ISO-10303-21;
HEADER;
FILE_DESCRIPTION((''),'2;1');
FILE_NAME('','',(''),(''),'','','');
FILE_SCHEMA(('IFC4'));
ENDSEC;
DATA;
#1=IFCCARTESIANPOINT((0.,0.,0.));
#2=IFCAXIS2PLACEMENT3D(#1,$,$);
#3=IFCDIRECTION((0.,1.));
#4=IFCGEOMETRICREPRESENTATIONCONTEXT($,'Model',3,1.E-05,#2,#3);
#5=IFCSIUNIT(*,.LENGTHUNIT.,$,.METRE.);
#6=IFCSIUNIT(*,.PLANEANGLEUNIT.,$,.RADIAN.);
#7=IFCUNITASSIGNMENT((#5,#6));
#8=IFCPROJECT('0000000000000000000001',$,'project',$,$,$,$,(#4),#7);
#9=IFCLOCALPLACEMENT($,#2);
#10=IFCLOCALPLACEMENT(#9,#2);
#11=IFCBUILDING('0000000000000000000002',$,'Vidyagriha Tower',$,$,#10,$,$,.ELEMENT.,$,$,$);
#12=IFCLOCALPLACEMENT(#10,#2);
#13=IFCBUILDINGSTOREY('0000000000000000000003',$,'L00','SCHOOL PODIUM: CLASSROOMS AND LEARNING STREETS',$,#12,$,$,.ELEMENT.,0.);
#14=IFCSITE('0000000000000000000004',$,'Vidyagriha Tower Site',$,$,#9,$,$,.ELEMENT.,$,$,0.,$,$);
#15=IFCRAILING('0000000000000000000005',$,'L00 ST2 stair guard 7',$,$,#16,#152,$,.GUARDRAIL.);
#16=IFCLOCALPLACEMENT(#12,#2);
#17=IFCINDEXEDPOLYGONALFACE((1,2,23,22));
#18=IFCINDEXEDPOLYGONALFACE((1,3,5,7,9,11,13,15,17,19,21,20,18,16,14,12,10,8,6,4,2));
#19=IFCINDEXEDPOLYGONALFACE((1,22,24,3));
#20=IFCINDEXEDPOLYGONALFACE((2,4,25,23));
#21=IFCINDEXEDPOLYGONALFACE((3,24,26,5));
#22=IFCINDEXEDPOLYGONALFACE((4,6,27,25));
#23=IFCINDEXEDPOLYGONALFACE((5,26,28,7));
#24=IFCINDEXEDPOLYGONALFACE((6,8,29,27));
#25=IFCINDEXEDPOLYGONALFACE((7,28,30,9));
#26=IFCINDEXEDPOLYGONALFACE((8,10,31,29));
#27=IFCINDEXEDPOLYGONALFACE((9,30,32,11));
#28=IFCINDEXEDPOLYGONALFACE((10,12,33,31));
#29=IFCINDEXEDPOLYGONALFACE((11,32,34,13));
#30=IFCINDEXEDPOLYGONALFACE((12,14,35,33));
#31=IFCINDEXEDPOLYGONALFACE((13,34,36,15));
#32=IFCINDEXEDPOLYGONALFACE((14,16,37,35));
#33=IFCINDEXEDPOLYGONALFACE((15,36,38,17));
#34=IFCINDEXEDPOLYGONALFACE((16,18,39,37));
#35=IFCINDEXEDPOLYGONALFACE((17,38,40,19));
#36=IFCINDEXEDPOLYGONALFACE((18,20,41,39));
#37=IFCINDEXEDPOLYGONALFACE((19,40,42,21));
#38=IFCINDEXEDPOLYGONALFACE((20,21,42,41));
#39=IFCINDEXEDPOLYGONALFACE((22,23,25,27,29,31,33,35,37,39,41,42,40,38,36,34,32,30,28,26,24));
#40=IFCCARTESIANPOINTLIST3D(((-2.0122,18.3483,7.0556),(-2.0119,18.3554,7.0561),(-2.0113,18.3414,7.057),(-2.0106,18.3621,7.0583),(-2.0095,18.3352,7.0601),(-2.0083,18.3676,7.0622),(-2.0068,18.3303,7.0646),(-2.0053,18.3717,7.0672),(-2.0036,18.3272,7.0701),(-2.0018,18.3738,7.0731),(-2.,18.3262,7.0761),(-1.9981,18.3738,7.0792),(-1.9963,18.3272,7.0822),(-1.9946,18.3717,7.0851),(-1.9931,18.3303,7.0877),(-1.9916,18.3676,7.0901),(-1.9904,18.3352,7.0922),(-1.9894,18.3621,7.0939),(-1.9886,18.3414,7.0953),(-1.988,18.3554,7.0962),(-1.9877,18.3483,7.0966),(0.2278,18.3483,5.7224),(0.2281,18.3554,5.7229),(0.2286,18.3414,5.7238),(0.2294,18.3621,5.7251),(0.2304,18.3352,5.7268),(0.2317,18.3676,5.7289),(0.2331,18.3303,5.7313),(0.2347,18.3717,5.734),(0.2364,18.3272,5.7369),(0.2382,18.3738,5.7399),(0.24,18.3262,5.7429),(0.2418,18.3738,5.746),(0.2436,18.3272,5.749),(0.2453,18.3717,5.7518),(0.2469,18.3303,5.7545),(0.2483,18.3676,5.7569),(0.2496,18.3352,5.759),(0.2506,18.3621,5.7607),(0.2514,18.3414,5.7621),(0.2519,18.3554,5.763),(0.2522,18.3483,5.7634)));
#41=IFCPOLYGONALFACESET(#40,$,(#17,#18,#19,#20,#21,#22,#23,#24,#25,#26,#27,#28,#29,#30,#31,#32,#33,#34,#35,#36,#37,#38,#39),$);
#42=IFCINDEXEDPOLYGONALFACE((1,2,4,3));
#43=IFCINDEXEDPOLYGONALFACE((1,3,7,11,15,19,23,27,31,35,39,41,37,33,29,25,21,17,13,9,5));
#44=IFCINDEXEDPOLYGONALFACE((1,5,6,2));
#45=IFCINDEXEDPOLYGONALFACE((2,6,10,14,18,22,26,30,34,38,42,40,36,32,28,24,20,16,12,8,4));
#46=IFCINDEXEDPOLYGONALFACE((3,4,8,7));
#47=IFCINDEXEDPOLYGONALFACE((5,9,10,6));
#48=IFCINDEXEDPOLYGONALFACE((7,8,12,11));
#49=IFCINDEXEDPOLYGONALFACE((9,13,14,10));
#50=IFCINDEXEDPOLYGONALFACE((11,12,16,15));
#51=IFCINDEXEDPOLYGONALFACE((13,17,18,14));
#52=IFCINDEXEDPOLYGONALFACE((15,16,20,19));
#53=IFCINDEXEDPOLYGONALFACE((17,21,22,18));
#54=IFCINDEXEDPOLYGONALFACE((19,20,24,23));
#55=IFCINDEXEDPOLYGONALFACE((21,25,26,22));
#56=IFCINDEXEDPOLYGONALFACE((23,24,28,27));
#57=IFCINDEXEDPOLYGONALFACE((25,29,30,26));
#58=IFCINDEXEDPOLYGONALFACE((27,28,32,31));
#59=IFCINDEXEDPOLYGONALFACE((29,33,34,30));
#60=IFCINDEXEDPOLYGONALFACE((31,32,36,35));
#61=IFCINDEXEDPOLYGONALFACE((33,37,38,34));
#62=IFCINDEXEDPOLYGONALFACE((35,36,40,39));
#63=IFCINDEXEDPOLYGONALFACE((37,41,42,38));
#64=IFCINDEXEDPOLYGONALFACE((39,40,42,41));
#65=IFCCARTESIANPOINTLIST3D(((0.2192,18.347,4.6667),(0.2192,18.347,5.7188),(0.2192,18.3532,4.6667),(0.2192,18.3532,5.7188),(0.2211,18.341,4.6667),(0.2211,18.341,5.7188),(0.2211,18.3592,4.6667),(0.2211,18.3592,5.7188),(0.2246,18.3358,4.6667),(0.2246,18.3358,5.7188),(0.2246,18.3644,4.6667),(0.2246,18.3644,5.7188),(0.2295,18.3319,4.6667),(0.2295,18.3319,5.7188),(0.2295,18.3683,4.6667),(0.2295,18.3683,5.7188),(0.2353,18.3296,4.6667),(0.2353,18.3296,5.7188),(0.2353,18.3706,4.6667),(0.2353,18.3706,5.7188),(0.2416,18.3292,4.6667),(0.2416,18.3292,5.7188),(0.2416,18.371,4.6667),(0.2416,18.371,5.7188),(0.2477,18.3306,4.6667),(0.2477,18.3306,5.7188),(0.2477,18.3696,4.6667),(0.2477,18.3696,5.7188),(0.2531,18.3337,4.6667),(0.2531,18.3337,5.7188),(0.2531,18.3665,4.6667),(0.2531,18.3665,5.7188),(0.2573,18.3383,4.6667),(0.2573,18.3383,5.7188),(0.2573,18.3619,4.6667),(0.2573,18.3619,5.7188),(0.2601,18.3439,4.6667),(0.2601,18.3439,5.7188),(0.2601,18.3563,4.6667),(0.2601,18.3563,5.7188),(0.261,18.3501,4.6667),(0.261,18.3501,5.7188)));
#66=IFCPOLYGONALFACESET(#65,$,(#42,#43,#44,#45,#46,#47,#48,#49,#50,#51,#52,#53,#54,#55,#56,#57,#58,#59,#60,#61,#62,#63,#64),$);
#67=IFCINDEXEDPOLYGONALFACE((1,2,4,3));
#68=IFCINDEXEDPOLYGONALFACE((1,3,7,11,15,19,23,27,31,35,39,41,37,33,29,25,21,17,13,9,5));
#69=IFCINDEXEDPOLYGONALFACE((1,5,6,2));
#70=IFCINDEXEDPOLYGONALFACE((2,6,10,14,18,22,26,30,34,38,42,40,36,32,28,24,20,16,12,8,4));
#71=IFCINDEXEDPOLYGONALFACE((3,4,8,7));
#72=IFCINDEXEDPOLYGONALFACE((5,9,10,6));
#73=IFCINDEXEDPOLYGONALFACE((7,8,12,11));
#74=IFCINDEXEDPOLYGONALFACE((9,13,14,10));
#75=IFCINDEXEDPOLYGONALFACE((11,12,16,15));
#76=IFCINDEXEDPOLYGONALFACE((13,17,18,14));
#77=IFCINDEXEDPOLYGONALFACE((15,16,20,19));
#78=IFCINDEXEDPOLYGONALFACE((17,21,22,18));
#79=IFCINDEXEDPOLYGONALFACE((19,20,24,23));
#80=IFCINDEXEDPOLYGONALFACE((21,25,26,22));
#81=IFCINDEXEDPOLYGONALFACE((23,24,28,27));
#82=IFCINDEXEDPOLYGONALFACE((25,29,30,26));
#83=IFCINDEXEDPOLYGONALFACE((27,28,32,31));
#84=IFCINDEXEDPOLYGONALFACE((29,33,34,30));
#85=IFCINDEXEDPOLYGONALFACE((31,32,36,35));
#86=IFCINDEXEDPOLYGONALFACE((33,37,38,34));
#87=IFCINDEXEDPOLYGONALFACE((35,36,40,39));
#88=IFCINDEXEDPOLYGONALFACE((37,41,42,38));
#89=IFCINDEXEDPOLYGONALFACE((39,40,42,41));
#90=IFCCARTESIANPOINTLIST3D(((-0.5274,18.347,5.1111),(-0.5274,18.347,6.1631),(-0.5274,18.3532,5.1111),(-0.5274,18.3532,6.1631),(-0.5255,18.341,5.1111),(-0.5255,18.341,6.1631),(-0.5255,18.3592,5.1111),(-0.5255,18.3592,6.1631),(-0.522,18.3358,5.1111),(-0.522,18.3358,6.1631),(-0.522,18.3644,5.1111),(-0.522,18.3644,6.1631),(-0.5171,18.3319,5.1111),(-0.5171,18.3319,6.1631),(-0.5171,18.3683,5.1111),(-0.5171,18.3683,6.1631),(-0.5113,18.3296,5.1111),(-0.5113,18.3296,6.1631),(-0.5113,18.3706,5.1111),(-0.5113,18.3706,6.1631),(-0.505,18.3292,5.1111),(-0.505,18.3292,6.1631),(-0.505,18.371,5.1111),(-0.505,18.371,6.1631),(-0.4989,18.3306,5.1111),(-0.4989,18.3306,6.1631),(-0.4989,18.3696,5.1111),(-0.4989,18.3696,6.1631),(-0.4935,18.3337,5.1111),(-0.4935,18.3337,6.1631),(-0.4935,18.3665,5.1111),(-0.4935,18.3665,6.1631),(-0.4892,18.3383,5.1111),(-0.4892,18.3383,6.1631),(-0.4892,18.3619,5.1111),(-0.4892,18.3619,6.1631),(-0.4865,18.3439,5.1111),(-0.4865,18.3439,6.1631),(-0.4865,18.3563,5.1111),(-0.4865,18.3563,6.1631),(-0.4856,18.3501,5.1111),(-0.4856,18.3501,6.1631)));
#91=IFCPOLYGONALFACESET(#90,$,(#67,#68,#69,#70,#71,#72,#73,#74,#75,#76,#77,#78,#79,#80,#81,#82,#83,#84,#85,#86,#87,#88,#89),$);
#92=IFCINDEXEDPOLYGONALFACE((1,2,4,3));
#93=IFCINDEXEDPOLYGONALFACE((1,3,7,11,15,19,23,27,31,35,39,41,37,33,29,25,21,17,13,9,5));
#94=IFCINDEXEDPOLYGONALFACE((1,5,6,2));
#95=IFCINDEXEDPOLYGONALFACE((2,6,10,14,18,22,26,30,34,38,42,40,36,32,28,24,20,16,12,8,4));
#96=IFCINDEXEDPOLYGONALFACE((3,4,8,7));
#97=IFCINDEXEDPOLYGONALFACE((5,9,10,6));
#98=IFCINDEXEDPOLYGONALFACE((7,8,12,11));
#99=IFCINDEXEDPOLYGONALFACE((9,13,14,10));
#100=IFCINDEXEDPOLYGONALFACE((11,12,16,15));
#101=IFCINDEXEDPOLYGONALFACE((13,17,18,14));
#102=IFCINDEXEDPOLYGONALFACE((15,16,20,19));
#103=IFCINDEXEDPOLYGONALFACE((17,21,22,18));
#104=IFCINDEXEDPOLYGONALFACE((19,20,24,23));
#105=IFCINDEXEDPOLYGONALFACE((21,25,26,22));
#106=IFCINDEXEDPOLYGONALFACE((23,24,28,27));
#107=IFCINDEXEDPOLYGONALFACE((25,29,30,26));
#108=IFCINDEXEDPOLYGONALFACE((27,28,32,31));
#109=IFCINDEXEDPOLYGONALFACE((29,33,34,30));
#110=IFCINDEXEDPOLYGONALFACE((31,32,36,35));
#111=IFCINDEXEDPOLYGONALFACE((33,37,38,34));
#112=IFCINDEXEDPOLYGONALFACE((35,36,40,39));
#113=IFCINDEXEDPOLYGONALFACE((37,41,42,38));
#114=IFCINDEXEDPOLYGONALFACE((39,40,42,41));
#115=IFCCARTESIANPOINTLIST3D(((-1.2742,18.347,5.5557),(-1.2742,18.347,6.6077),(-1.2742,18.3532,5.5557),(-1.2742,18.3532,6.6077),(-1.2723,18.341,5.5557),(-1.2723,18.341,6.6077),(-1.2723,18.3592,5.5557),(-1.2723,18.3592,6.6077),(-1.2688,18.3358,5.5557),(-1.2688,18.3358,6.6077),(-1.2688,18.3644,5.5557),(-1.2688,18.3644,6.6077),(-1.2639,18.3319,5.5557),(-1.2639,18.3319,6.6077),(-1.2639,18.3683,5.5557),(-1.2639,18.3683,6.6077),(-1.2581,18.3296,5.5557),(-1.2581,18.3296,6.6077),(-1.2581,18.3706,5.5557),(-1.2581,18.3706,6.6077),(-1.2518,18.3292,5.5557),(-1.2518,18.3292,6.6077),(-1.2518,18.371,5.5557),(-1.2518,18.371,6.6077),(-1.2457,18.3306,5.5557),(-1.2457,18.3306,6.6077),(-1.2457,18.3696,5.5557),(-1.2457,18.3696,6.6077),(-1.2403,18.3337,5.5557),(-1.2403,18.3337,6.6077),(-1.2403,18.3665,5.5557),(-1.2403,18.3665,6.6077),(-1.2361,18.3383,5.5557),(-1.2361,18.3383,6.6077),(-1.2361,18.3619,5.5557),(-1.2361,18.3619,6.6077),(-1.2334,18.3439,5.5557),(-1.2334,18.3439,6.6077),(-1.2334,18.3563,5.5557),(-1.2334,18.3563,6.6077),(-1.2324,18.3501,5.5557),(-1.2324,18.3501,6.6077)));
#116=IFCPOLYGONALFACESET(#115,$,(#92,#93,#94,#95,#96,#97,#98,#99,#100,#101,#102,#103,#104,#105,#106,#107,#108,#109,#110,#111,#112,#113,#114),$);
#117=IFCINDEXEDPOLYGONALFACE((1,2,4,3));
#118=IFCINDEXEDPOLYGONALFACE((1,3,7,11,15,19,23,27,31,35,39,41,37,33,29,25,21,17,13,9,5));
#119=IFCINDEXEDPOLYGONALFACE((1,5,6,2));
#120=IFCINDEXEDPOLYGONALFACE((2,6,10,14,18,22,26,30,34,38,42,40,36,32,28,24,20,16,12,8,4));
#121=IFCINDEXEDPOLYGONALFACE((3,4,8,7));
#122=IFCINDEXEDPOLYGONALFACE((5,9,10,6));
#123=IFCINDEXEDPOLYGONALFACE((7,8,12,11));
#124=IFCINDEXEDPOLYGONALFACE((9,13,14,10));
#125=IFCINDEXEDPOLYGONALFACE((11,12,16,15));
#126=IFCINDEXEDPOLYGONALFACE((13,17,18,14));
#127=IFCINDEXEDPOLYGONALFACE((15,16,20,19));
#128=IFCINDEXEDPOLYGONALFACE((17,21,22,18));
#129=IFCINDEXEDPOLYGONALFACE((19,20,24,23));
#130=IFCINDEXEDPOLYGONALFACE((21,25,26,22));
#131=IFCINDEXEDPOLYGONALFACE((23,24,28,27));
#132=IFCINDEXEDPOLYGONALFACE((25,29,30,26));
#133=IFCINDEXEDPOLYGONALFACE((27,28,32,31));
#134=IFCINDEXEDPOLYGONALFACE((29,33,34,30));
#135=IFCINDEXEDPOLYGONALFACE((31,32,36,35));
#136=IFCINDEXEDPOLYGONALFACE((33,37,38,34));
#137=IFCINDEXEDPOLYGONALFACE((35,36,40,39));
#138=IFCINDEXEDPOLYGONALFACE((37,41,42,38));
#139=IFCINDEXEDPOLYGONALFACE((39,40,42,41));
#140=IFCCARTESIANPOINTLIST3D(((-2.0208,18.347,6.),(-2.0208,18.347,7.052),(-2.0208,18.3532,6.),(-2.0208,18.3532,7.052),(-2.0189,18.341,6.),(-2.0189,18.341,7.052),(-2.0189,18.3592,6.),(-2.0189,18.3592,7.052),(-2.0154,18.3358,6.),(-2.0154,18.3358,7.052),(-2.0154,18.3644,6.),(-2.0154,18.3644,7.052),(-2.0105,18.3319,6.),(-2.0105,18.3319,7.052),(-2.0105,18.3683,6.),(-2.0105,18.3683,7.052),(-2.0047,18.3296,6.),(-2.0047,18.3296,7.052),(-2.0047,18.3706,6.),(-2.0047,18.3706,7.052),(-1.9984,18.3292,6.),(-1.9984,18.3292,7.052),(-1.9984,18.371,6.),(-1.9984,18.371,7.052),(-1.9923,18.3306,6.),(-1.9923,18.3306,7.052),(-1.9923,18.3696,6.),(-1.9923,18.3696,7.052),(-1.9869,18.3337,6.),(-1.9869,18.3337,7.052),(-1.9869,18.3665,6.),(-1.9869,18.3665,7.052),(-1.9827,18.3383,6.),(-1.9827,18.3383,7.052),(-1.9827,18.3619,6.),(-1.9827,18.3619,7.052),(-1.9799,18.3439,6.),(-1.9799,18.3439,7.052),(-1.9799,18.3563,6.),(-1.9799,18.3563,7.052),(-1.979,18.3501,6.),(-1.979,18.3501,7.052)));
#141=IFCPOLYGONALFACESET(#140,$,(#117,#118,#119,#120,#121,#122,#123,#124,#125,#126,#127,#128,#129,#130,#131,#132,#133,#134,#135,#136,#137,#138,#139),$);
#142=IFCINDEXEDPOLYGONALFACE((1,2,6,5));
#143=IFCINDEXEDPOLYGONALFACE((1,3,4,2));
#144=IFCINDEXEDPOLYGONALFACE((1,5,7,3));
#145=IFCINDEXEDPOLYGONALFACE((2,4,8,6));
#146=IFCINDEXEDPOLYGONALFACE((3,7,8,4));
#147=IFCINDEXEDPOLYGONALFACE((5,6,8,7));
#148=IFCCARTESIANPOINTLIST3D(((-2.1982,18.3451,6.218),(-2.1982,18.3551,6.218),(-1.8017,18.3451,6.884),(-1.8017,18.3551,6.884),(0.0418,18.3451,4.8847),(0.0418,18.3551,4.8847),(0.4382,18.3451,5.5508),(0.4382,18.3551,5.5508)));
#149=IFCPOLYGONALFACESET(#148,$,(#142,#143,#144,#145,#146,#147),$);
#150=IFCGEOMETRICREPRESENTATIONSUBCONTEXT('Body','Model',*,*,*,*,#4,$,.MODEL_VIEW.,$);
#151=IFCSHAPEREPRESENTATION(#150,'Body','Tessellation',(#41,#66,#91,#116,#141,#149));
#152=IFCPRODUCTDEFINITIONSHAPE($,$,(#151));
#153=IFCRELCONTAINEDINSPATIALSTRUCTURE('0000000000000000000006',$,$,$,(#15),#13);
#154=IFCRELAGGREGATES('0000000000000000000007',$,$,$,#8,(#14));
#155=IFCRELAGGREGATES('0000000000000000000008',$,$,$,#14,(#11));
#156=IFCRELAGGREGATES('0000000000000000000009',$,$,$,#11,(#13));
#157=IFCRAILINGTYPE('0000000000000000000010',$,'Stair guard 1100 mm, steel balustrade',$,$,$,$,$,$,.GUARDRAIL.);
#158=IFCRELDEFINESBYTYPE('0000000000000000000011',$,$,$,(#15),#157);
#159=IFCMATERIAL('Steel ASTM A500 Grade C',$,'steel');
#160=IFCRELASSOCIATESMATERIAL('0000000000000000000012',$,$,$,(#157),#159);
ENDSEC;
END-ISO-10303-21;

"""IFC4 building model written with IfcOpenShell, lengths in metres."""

from ifc_helpers import new_model, si_unit, direction, frame, origin, origin_2d, place, context, subcontext, project, spatial, rectangle, circle, extrude, material, type_object, element, save


model = new_model("IFC4")

# Units and contexts
model_context = context("Model", 3, precision=1e-05, world=origin(), true_north=direction((0.0, 1.0)))
body_context = subcontext(model_context, "Body", "Model", "MODEL_VIEW")
ifc_project = project(units=[si_unit("LENGTHUNIT", "METRE"), si_unit("PLANEANGLEUNIT", "RADIAN")], contexts=[model_context])

# Site, building, storey
site_placement = place(None, origin())
site = spatial("IfcSite", under=ifc_project, at=site_placement, Name="Vidyagriha Tower Site", CompositionType="ELEMENT", RefElevation=0.0)
building_placement = place(site_placement, origin())
building = spatial("IfcBuilding", under=site, at=building_placement, Name="Vidyagriha Tower", CompositionType="ELEMENT")
storey_placement = place(building_placement, origin())
storey = spatial("IfcBuildingStorey", under=building, at=storey_placement, Name="L00", Description="SCHOOL PODIUM: CLASSROOMS AND LEARNING STREETS", CompositionType="ELEMENT", Elevation=0.0)

# Railing
ifc_material_1 = material(Name="Steel ASTM A500 Grade C", Category="steel")
railing_type_1 = type_object("IfcRailingType", Name="Stair guard 1100 mm, steel balustrade", PredefinedType="GUARDRAIL", material=ifc_material_1)
railing_1_placement = place(storey_placement, frame((0.24, 18.3501, 4.6667)))
element("IfcRailing", 1, at=railing_1_placement, inside=storey, type_object=railing_type_1, Name="L00 ST2 stair guard 7", PredefinedType="GUARDRAIL", context=body_context, shape_type="SweptSolid", body=[
    extrude(circle(Radius=0.0239, at=origin_2d()), frame((0.0, 0.0, 1.0762), z_axis=(-0.859306, 0.0, 0.511462), x_axis=(0.0, -1.0, 0.0)), (0.0, 0.0, 1.0), 2.6067),
    extrude(circle(Radius=0.021, at=origin_2d()), origin(), (0.0, 0.0, 1.0), 1.052),
    extrude(circle(Radius=0.021, at=origin_2d()), frame((-0.7466, 0.0, 0.4443)), (0.0, 0.0, 1.0), 1.052),
    extrude(circle(Radius=0.021, at=origin_2d()), frame((-1.4934, 0.0, 0.8889)), (0.0, 0.0, 1.0), 1.052),
    extrude(circle(Radius=0.021, at=origin_2d()), frame((-2.24, 0.0, 1.3333)), (0.0, 0.0, 1.0), 1.052),
    extrude(rectangle(XDim=0.01, YDim=0.7751, at=origin_2d()), frame((0.0, 0.0, 0.551), z_axis=(-0.859306, 0.0, 0.511462), x_axis=(0.0, -1.0, 0.0)), (0.0, 0.0, 1.0), 2.6067),
])

save(model, "model.ifc")
